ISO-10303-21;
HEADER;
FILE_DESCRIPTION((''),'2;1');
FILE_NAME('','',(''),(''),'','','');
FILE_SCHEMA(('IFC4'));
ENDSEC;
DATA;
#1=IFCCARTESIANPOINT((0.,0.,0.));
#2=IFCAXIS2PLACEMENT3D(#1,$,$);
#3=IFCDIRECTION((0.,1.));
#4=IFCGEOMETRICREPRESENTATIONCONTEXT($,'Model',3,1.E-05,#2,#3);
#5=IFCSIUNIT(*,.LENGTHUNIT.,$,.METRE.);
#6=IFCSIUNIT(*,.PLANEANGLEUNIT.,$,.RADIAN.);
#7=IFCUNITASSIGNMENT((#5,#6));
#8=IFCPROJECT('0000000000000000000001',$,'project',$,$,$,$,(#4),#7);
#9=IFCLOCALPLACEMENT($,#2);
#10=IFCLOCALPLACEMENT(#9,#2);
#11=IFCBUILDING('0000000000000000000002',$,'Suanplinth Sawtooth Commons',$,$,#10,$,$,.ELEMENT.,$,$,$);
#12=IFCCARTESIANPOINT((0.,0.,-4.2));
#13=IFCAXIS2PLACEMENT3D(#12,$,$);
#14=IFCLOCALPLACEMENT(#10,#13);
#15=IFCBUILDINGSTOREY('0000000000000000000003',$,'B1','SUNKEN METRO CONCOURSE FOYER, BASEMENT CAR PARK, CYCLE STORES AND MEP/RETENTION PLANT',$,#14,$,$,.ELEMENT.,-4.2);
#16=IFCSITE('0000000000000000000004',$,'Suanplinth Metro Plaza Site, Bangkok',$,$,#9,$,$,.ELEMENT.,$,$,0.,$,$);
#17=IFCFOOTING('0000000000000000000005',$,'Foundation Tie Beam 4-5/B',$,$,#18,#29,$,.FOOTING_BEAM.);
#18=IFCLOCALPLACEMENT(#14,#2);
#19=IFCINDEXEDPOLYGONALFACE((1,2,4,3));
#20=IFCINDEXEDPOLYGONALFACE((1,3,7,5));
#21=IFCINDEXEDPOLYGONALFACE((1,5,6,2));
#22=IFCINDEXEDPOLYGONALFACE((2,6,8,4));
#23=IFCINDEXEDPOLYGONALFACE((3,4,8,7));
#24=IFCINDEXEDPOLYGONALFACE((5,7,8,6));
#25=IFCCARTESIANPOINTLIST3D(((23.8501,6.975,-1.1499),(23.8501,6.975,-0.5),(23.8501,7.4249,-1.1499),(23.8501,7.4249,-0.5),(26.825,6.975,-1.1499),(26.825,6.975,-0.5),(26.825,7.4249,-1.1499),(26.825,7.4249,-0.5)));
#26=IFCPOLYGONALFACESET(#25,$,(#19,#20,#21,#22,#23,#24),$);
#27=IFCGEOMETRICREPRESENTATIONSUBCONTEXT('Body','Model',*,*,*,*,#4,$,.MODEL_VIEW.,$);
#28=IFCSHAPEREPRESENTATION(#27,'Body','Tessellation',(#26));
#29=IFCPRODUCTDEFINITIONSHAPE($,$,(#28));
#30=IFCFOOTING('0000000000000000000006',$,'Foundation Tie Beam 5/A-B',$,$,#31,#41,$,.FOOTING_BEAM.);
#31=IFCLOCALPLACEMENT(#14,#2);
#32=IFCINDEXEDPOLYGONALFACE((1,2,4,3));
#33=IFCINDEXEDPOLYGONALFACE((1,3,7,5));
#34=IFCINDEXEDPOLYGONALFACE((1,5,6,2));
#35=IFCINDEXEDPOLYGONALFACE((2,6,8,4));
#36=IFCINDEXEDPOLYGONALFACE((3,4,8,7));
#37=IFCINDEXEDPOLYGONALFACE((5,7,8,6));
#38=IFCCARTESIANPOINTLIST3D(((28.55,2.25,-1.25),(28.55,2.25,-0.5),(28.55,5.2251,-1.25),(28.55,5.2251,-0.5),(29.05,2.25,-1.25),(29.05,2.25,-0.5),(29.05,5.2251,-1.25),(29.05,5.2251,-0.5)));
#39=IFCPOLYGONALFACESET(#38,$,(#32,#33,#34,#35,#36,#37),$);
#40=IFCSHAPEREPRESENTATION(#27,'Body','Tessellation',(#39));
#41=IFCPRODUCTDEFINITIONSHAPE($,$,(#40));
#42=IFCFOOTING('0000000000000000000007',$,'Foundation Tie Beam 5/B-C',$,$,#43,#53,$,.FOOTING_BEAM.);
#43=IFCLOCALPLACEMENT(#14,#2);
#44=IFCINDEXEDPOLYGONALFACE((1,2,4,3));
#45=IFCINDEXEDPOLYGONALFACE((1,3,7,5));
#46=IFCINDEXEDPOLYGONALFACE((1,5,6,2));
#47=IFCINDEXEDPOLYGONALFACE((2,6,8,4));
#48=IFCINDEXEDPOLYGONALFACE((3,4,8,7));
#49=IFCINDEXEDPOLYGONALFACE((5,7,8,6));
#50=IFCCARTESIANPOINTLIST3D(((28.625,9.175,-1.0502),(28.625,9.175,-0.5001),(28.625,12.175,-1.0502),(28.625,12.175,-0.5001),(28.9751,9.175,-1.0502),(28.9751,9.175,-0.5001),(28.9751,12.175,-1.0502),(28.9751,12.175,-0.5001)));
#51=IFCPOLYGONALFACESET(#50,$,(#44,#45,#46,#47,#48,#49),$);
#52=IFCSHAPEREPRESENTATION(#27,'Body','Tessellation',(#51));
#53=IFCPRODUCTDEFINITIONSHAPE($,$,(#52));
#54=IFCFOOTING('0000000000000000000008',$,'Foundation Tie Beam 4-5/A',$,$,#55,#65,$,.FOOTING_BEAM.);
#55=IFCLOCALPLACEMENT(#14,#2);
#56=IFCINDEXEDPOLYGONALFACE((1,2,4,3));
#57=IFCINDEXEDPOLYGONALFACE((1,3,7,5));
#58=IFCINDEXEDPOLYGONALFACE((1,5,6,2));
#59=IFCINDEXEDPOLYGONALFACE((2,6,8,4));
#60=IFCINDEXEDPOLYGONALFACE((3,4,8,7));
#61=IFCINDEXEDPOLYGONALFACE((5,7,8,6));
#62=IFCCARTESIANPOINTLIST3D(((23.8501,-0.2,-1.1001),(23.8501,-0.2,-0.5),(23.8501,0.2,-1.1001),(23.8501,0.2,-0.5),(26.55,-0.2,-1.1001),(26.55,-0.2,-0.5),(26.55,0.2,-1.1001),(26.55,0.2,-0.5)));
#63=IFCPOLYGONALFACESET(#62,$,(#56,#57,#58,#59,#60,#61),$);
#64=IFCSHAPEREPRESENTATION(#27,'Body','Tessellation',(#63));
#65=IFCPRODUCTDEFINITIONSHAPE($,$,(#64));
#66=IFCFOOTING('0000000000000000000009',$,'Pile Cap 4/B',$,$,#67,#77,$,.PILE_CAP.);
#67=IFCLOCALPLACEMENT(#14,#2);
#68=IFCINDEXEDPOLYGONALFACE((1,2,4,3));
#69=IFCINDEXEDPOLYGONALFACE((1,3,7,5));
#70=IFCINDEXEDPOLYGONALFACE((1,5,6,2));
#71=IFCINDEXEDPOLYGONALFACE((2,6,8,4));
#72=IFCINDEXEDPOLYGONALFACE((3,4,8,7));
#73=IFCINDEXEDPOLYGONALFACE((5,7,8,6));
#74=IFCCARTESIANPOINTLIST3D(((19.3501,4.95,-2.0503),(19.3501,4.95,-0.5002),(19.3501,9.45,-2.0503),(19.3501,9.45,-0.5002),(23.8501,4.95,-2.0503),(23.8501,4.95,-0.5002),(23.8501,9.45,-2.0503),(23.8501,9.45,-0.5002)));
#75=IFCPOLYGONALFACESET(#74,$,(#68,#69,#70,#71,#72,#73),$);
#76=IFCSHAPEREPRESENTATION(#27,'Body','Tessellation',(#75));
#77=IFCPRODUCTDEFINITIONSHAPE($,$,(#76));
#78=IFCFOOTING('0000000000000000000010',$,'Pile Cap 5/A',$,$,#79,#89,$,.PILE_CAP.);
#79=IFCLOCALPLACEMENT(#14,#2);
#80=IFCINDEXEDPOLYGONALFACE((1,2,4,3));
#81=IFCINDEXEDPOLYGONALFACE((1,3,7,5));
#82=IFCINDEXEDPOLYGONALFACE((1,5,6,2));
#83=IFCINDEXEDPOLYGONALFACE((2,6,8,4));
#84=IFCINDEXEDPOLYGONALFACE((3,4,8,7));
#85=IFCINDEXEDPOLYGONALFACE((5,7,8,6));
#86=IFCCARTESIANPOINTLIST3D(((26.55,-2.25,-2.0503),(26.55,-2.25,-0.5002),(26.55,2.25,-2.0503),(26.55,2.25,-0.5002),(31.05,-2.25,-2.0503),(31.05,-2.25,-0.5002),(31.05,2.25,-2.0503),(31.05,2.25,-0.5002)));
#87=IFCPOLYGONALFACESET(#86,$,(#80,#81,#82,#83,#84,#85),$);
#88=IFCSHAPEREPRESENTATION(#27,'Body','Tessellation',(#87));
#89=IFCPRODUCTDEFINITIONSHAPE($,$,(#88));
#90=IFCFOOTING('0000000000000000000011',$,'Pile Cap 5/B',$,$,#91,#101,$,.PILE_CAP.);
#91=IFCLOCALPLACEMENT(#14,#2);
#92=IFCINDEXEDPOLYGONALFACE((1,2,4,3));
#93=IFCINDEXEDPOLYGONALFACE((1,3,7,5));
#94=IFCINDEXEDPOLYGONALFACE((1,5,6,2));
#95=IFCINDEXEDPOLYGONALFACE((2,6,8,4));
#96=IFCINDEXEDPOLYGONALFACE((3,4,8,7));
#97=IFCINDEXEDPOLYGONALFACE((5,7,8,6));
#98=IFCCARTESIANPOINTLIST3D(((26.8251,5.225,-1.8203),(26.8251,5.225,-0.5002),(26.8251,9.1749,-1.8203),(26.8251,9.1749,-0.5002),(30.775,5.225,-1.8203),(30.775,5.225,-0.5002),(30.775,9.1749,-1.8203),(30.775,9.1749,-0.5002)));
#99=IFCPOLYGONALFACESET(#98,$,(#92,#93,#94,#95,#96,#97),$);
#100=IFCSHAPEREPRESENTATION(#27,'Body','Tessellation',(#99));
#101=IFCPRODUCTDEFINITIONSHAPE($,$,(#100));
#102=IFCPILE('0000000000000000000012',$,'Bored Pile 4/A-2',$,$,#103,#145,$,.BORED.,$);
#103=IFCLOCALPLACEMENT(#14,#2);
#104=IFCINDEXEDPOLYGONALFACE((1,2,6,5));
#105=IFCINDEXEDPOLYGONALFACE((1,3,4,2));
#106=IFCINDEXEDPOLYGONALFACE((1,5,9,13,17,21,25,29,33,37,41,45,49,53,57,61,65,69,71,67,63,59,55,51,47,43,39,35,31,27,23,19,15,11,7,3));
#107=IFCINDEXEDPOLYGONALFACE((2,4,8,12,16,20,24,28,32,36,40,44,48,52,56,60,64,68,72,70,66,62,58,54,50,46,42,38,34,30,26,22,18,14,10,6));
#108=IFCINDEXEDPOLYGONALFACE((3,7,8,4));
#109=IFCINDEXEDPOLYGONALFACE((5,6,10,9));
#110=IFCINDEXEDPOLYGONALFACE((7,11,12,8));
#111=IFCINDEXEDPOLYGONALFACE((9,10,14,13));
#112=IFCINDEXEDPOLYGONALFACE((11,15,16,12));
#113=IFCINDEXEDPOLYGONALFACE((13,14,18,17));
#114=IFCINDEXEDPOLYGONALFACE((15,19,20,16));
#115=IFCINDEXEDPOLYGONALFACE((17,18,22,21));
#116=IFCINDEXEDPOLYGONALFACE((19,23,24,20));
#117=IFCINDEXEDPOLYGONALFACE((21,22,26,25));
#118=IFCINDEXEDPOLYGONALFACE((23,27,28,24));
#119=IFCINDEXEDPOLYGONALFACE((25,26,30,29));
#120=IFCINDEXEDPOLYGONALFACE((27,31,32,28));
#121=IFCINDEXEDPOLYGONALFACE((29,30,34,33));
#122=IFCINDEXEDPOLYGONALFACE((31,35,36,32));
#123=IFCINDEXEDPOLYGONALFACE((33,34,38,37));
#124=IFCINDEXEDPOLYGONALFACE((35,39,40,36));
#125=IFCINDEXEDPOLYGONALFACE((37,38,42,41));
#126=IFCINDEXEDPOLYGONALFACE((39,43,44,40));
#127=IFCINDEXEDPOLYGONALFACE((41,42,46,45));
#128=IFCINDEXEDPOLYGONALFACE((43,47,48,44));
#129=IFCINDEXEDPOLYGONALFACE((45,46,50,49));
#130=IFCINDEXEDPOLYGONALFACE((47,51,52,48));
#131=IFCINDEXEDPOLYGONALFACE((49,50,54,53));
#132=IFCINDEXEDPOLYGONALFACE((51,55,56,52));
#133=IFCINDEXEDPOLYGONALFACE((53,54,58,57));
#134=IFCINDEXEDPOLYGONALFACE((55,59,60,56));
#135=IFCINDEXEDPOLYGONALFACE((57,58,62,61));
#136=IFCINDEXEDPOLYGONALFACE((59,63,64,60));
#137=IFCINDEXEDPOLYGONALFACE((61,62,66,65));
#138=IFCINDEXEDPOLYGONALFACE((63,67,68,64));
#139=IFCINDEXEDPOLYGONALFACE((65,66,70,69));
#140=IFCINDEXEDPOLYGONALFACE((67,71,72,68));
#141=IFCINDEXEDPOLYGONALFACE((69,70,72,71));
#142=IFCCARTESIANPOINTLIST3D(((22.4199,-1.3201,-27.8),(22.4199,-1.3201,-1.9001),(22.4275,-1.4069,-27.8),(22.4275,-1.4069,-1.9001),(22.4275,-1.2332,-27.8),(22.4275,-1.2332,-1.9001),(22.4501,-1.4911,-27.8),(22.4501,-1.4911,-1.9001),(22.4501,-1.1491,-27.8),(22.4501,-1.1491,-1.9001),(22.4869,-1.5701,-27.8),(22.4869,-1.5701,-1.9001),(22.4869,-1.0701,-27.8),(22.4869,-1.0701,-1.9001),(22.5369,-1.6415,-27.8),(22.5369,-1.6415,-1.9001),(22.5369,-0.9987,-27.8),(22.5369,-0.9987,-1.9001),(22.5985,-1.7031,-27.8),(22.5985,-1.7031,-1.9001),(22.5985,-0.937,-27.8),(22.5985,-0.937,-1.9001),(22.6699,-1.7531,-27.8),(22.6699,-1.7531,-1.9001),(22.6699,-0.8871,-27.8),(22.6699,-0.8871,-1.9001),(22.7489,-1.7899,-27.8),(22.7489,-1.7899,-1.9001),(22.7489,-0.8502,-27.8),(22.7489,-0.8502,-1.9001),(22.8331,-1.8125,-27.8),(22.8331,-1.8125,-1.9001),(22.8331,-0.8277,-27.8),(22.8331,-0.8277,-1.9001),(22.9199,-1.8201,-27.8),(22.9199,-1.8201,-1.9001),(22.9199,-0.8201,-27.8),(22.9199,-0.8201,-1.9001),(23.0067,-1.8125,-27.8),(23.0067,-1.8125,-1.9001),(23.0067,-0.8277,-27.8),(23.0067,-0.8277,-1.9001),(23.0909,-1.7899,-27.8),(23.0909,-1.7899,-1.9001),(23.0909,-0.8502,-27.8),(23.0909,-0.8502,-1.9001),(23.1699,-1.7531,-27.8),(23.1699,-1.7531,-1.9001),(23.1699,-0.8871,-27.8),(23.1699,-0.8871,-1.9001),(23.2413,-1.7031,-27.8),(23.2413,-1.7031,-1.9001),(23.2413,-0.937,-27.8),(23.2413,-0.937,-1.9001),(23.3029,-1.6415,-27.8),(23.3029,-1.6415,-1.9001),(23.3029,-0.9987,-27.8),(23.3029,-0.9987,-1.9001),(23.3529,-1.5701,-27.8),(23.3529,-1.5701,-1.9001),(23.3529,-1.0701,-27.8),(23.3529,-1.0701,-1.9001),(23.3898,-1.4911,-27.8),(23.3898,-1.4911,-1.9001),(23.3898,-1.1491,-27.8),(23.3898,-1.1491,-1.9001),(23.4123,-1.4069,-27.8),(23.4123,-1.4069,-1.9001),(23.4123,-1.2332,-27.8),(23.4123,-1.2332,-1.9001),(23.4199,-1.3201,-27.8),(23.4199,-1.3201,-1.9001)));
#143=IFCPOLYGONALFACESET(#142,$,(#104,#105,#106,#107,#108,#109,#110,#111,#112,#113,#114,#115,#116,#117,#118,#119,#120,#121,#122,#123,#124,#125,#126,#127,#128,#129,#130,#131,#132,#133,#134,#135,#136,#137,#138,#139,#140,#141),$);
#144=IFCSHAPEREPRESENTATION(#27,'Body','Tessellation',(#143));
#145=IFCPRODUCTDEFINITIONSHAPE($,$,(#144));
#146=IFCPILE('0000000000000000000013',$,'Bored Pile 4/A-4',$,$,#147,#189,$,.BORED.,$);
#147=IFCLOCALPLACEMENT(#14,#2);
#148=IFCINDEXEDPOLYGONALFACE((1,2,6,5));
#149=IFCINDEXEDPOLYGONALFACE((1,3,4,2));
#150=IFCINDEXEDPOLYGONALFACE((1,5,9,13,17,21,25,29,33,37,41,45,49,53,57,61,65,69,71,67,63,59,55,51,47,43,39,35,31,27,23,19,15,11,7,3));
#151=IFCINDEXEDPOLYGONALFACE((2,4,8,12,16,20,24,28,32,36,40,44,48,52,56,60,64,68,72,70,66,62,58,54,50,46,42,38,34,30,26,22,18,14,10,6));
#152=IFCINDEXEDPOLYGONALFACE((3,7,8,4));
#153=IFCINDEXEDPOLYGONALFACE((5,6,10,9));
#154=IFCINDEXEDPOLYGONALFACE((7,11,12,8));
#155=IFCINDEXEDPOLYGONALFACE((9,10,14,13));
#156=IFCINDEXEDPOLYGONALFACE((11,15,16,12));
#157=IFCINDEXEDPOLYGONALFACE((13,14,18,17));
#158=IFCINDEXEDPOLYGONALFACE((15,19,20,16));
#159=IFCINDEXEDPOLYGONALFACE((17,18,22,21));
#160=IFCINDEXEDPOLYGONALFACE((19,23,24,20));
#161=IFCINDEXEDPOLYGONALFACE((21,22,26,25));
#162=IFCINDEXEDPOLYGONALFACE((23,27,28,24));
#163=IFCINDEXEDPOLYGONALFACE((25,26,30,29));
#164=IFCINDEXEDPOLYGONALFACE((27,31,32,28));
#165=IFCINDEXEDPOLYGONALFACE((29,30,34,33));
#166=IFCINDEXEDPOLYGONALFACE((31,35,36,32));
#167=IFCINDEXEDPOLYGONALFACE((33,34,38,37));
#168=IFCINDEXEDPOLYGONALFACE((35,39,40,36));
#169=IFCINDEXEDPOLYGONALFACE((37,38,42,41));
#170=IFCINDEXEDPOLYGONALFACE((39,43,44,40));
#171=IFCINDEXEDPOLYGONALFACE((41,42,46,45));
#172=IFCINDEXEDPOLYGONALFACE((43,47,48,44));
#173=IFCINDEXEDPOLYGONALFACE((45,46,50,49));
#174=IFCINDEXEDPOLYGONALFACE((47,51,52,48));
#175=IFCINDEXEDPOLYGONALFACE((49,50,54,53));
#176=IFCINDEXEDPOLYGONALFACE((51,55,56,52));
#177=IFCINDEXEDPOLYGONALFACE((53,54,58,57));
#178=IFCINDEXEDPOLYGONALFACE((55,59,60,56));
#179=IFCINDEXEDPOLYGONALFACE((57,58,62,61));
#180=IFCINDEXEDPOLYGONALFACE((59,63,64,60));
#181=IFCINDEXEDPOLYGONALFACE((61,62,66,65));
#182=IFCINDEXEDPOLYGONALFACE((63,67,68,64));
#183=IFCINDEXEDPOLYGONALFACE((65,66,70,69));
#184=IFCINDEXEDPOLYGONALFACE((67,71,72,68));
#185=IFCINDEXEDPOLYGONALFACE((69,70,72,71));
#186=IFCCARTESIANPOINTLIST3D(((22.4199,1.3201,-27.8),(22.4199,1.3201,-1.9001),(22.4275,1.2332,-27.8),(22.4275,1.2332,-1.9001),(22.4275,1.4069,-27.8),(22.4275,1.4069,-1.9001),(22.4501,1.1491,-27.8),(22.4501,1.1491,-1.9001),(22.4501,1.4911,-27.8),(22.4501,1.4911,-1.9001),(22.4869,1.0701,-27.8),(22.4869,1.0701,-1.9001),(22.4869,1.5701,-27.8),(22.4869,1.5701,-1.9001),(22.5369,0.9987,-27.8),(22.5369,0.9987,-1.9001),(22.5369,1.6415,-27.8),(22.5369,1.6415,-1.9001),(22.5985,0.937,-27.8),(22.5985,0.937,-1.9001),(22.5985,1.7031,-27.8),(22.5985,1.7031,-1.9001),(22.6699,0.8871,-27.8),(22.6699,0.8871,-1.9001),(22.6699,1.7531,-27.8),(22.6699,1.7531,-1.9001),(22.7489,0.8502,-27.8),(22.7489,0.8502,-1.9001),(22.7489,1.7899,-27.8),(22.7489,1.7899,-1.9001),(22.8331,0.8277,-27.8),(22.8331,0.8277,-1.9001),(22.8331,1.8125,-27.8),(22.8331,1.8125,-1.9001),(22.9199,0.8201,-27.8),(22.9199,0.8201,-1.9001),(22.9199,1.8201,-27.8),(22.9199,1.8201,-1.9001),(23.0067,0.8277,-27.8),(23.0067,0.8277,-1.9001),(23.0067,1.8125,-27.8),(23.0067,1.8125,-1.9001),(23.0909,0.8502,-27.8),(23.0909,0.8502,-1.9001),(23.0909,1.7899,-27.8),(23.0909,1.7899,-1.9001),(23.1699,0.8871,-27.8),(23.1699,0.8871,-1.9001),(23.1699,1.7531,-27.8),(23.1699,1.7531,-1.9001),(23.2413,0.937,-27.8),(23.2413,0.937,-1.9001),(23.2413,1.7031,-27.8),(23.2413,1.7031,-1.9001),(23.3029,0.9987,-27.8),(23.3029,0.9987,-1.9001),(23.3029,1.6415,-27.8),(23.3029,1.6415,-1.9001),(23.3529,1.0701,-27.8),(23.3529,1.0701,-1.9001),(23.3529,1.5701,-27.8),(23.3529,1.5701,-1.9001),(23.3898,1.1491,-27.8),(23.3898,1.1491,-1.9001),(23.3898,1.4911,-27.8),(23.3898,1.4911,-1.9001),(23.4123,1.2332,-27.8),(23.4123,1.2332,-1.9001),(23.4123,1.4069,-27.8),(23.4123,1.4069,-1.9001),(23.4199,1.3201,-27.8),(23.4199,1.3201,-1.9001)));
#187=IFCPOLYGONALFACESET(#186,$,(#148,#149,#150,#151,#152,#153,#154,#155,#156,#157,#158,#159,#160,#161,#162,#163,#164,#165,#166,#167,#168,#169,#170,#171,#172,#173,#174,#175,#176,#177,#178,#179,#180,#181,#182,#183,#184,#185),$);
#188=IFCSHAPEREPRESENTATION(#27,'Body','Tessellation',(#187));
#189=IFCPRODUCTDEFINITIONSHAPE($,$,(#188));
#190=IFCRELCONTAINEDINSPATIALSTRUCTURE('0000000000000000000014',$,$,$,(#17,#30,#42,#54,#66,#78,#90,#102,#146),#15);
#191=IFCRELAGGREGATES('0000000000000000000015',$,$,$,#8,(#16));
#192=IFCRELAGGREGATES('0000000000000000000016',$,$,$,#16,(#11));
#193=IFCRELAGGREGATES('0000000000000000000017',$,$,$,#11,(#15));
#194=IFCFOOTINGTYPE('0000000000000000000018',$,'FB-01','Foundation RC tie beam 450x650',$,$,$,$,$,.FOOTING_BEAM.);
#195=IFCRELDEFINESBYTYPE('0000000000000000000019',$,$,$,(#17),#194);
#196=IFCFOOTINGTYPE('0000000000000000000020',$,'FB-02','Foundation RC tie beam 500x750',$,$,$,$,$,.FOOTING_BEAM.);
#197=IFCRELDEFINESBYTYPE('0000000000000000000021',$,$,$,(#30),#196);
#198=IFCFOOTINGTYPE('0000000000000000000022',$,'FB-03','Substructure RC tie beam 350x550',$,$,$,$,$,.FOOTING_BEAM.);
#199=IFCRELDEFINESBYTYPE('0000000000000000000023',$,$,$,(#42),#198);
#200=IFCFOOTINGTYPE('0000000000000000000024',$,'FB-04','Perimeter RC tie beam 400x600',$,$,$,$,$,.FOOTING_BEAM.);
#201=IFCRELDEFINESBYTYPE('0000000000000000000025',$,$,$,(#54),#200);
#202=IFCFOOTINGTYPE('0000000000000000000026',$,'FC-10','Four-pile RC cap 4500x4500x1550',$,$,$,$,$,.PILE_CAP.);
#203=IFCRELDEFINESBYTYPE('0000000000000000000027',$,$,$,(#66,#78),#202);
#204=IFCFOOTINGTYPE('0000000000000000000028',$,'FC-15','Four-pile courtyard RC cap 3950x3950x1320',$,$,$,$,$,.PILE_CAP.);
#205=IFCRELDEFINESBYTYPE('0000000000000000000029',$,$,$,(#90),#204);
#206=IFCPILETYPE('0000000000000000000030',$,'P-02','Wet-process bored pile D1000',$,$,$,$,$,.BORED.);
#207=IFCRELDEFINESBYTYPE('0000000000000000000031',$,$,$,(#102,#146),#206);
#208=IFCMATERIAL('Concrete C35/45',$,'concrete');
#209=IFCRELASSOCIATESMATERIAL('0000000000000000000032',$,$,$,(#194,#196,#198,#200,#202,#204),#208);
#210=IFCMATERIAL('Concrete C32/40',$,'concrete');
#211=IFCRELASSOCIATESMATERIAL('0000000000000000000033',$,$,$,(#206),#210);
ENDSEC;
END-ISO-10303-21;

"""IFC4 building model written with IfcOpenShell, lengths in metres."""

from ifc_helpers import new_model, si_unit, direction, frame, origin, origin_2d, place, context, subcontext, project, spatial, rectangle, circle, extrude, material, material_profile, profile_set, type_object, element, save


model = new_model("IFC4")

# Units and contexts
model_context = context("Model", 3, precision=1e-05, world=origin(), true_north=direction((0.0, 1.0)))
body_context = subcontext(model_context, "Body", "Model", "MODEL_VIEW")
ifc_project = project(units=[si_unit("LENGTHUNIT", "METRE"), si_unit("PLANEANGLEUNIT", "RADIAN")], contexts=[model_context])

# Site, building, storey
site_placement = place(None, origin())
site = spatial("IfcSite", under=ifc_project, at=site_placement, Name="Suanplinth Metro Plaza Site, Bangkok", CompositionType="ELEMENT", RefElevation=0.0)
building_placement = place(site_placement, origin())
building = spatial("IfcBuilding", under=site, at=building_placement, Name="Suanplinth Sawtooth Commons", CompositionType="ELEMENT")
storey_placement = place(building_placement, frame((0.0, 0.0, -4.2)))
storey = spatial("IfcBuildingStorey", under=building, at=storey_placement, Name="B1", Description="SUNKEN METRO CONCOURSE FOYER, BASEMENT CAR PARK, CYCLE STORES AND MEP/RETENTION PLANT", CompositionType="ELEMENT", Elevation=-4.2)

# Footings
ifc_material_1 = material(Name="Concrete C35/45", Category="concrete")
ifc_material_profile_1 = material_profile(ifc_material_1, rectangle(XDim=0.45, YDim=0.6499, at=origin_2d()), Name="PC-GDR 450x650")
ifc_profile_set_1 = profile_set([ifc_material_profile_1], Name="Concrete C35/45")
footing_type_1 = type_object("IfcFootingType", Name="FB-01", Description="Foundation RC tie beam 450x650", PredefinedType="FOOTING_BEAM", material=ifc_profile_set_1)
footing_1_placement = place(storey_placement, frame((23.8501, 7.2, -0.825), z_axis=(1.0, 0.0, 0.0), x_axis=(0.0, 1.0, 0.0)))
element("IfcFooting", 1, at=footing_1_placement, inside=storey, type_object=footing_type_1, Name="Foundation Tie Beam 4-5/B", PredefinedType="FOOTING_BEAM", context=body_context, shape_type="SweptSolid", body=[
    extrude(rectangle(XDim=0.45, YDim=0.6499, at=origin_2d()), origin(), (0.0, 0.0, 1.0), 2.9749),
])
ifc_material_profile_2 = material_profile(ifc_material_1, rectangle(XDim=0.5, YDim=0.75, at=origin_2d()), Name="RC-GDR 500x750")
ifc_profile_set_2 = profile_set([ifc_material_profile_2], Name="Concrete C35/45")
footing_type_2 = type_object("IfcFootingType", Name="FB-02", Description="Foundation RC tie beam 500x750", PredefinedType="FOOTING_BEAM", material=ifc_profile_set_2)
footing_2_placement = place(storey_placement, frame((28.8, 2.25, -0.875), z_axis=(0.0, 1.0, 0.0), x_axis=(-1.0, 0.0, 0.0)))
element("IfcFooting", 2, at=footing_2_placement, inside=storey, type_object=footing_type_2, Name="Foundation Tie Beam 5/A-B", PredefinedType="FOOTING_BEAM", context=body_context, shape_type="SweptSolid", body=[
    extrude(rectangle(XDim=0.5, YDim=0.75, at=origin_2d()), origin(), (0.0, 0.0, 1.0), 2.9751),
])
ifc_material_profile_3 = material_profile(ifc_material_1, rectangle(XDim=0.3501, YDim=0.55, at=origin_2d()), Name="PC-BM 350x550")
ifc_profile_set_3 = profile_set([ifc_material_profile_3], Name="Concrete C35/45")
footing_type_3 = type_object("IfcFootingType", Name="FB-03", Description="Substructure RC tie beam 350x550", PredefinedType="FOOTING_BEAM", material=ifc_profile_set_3)
footing_3_placement = place(storey_placement, frame((28.8, 9.175, -0.7751), z_axis=(0.0, 1.0, 0.0), x_axis=(-1.0, 0.0, 0.0)))
element("IfcFooting", 3, at=footing_3_placement, inside=storey, type_object=footing_type_3, Name="Foundation Tie Beam 5/B-C", PredefinedType="FOOTING_BEAM", context=body_context, shape_type="SweptSolid", body=[
    extrude(rectangle(XDim=0.3501, YDim=0.55, at=origin_2d()), origin(), (0.0, 0.0, 1.0), 3.0),
])
ifc_material_profile_4 = material_profile(ifc_material_1, rectangle(XDim=0.3999, YDim=0.6001, at=origin_2d()), Name="PC-GDR 400x600")
ifc_profile_set_4 = profile_set([ifc_material_profile_4], Name="Concrete C35/45")
footing_type_4 = type_object("IfcFootingType", Name="FB-04", Description="Perimeter RC tie beam 400x600", PredefinedType="FOOTING_BEAM", material=ifc_profile_set_4)
footing_4_placement = place(storey_placement, frame((23.8501, 0.0, -0.8), z_axis=(1.0, 0.0, 0.0), x_axis=(0.0, 1.0, 0.0)))
element("IfcFooting", 4, at=footing_4_placement, inside=storey, type_object=footing_type_4, Name="Foundation Tie Beam 4-5/A", PredefinedType="FOOTING_BEAM", context=body_context, shape_type="SweptSolid", body=[
    extrude(rectangle(XDim=0.3999, YDim=0.6001, at=origin_2d()), origin(), (0.0, 0.0, 1.0), 2.7),
])
footing_type_5 = type_object("IfcFootingType", Name="FC-10", Description="Four-pile RC cap 4500x4500x1550", PredefinedType="PILE_CAP", material=ifc_material_1)
for number, where, z_axis, x_axis, name in (
    (5, (21.6001, 7.2, -2.0503), (0.0, 0.0, 1.0), (1.0, 0.0, 0.0), "Pile Cap 4/B"),
    (6, (28.8, 0.0, -2.0503), (0.0, 0.0, 1.0), (1.0, 0.0, 0.0), "Pile Cap 5/A"),
):
    element("IfcFooting", number, at=place(storey_placement, frame(where, z_axis=z_axis, x_axis=x_axis)), inside=storey, type_object=footing_type_5, Name=name, PredefinedType="PILE_CAP", context=body_context, shape_type="SweptSolid", body=[
        extrude(rectangle(XDim=4.5, YDim=4.5, at=origin_2d()), origin(), (0.0, 0.0, 1.0), 1.55),
    ])
footing_type_6 = type_object("IfcFootingType", Name="FC-15", Description="Four-pile courtyard RC cap 3950x3950x1320", PredefinedType="PILE_CAP", material=ifc_material_1)
footing_5_placement = place(storey_placement, frame((28.8, 7.2, -1.8203), z_axis=(0.0, 0.0, 1.0), x_axis=(1.0, 0.0, 0.0)))
element("IfcFooting", 7, at=footing_5_placement, inside=storey, type_object=footing_type_6, Name="Pile Cap 5/B", PredefinedType="PILE_CAP", context=body_context, shape_type="SweptSolid", body=[
    extrude(rectangle(XDim=3.95, YDim=3.95, at=origin_2d()), origin(), (0.0, 0.0, 1.0), 1.3201),
])

# Piles
ifc_material_2 = material(Name="Concrete C32/40", Category="concrete")
ifc_material_profile_5 = material_profile(ifc_material_2, circle(Radius=0.5, at=origin_2d()), Name="PILE D1000")
ifc_profile_set_5 = profile_set([ifc_material_profile_5], Name="Concrete C32/40")
pile_type = type_object("IfcPileType", Name="P-02", Description="Wet-process bored pile D1000", PredefinedType="BORED", material=ifc_profile_set_5)
for number, where, z_axis, x_axis, name in (
    (8, (22.9199, -1.3201, -1.9001), (0.0, 0.0, -1.0), (1.0, 0.0, 0.0), "Bored Pile 4/A-2"),
    (9, (22.9199, 1.3201, -1.9001), (0.0, 0.0, -1.0), (1.0, 0.0, 0.0), "Bored Pile 4/A-4"),
):
    element("IfcPile", number, at=place(storey_placement, frame(where, z_axis=z_axis, x_axis=x_axis)), inside=storey, type_object=pile_type, Name=name, PredefinedType="BORED", context=body_context, shape_type="SweptSolid", body=[
        extrude(circle(Radius=0.5, at=origin_2d()), origin(), (0.0, 0.0, 1.0), 25.8999),
    ])

save(model, "model.ifc")
